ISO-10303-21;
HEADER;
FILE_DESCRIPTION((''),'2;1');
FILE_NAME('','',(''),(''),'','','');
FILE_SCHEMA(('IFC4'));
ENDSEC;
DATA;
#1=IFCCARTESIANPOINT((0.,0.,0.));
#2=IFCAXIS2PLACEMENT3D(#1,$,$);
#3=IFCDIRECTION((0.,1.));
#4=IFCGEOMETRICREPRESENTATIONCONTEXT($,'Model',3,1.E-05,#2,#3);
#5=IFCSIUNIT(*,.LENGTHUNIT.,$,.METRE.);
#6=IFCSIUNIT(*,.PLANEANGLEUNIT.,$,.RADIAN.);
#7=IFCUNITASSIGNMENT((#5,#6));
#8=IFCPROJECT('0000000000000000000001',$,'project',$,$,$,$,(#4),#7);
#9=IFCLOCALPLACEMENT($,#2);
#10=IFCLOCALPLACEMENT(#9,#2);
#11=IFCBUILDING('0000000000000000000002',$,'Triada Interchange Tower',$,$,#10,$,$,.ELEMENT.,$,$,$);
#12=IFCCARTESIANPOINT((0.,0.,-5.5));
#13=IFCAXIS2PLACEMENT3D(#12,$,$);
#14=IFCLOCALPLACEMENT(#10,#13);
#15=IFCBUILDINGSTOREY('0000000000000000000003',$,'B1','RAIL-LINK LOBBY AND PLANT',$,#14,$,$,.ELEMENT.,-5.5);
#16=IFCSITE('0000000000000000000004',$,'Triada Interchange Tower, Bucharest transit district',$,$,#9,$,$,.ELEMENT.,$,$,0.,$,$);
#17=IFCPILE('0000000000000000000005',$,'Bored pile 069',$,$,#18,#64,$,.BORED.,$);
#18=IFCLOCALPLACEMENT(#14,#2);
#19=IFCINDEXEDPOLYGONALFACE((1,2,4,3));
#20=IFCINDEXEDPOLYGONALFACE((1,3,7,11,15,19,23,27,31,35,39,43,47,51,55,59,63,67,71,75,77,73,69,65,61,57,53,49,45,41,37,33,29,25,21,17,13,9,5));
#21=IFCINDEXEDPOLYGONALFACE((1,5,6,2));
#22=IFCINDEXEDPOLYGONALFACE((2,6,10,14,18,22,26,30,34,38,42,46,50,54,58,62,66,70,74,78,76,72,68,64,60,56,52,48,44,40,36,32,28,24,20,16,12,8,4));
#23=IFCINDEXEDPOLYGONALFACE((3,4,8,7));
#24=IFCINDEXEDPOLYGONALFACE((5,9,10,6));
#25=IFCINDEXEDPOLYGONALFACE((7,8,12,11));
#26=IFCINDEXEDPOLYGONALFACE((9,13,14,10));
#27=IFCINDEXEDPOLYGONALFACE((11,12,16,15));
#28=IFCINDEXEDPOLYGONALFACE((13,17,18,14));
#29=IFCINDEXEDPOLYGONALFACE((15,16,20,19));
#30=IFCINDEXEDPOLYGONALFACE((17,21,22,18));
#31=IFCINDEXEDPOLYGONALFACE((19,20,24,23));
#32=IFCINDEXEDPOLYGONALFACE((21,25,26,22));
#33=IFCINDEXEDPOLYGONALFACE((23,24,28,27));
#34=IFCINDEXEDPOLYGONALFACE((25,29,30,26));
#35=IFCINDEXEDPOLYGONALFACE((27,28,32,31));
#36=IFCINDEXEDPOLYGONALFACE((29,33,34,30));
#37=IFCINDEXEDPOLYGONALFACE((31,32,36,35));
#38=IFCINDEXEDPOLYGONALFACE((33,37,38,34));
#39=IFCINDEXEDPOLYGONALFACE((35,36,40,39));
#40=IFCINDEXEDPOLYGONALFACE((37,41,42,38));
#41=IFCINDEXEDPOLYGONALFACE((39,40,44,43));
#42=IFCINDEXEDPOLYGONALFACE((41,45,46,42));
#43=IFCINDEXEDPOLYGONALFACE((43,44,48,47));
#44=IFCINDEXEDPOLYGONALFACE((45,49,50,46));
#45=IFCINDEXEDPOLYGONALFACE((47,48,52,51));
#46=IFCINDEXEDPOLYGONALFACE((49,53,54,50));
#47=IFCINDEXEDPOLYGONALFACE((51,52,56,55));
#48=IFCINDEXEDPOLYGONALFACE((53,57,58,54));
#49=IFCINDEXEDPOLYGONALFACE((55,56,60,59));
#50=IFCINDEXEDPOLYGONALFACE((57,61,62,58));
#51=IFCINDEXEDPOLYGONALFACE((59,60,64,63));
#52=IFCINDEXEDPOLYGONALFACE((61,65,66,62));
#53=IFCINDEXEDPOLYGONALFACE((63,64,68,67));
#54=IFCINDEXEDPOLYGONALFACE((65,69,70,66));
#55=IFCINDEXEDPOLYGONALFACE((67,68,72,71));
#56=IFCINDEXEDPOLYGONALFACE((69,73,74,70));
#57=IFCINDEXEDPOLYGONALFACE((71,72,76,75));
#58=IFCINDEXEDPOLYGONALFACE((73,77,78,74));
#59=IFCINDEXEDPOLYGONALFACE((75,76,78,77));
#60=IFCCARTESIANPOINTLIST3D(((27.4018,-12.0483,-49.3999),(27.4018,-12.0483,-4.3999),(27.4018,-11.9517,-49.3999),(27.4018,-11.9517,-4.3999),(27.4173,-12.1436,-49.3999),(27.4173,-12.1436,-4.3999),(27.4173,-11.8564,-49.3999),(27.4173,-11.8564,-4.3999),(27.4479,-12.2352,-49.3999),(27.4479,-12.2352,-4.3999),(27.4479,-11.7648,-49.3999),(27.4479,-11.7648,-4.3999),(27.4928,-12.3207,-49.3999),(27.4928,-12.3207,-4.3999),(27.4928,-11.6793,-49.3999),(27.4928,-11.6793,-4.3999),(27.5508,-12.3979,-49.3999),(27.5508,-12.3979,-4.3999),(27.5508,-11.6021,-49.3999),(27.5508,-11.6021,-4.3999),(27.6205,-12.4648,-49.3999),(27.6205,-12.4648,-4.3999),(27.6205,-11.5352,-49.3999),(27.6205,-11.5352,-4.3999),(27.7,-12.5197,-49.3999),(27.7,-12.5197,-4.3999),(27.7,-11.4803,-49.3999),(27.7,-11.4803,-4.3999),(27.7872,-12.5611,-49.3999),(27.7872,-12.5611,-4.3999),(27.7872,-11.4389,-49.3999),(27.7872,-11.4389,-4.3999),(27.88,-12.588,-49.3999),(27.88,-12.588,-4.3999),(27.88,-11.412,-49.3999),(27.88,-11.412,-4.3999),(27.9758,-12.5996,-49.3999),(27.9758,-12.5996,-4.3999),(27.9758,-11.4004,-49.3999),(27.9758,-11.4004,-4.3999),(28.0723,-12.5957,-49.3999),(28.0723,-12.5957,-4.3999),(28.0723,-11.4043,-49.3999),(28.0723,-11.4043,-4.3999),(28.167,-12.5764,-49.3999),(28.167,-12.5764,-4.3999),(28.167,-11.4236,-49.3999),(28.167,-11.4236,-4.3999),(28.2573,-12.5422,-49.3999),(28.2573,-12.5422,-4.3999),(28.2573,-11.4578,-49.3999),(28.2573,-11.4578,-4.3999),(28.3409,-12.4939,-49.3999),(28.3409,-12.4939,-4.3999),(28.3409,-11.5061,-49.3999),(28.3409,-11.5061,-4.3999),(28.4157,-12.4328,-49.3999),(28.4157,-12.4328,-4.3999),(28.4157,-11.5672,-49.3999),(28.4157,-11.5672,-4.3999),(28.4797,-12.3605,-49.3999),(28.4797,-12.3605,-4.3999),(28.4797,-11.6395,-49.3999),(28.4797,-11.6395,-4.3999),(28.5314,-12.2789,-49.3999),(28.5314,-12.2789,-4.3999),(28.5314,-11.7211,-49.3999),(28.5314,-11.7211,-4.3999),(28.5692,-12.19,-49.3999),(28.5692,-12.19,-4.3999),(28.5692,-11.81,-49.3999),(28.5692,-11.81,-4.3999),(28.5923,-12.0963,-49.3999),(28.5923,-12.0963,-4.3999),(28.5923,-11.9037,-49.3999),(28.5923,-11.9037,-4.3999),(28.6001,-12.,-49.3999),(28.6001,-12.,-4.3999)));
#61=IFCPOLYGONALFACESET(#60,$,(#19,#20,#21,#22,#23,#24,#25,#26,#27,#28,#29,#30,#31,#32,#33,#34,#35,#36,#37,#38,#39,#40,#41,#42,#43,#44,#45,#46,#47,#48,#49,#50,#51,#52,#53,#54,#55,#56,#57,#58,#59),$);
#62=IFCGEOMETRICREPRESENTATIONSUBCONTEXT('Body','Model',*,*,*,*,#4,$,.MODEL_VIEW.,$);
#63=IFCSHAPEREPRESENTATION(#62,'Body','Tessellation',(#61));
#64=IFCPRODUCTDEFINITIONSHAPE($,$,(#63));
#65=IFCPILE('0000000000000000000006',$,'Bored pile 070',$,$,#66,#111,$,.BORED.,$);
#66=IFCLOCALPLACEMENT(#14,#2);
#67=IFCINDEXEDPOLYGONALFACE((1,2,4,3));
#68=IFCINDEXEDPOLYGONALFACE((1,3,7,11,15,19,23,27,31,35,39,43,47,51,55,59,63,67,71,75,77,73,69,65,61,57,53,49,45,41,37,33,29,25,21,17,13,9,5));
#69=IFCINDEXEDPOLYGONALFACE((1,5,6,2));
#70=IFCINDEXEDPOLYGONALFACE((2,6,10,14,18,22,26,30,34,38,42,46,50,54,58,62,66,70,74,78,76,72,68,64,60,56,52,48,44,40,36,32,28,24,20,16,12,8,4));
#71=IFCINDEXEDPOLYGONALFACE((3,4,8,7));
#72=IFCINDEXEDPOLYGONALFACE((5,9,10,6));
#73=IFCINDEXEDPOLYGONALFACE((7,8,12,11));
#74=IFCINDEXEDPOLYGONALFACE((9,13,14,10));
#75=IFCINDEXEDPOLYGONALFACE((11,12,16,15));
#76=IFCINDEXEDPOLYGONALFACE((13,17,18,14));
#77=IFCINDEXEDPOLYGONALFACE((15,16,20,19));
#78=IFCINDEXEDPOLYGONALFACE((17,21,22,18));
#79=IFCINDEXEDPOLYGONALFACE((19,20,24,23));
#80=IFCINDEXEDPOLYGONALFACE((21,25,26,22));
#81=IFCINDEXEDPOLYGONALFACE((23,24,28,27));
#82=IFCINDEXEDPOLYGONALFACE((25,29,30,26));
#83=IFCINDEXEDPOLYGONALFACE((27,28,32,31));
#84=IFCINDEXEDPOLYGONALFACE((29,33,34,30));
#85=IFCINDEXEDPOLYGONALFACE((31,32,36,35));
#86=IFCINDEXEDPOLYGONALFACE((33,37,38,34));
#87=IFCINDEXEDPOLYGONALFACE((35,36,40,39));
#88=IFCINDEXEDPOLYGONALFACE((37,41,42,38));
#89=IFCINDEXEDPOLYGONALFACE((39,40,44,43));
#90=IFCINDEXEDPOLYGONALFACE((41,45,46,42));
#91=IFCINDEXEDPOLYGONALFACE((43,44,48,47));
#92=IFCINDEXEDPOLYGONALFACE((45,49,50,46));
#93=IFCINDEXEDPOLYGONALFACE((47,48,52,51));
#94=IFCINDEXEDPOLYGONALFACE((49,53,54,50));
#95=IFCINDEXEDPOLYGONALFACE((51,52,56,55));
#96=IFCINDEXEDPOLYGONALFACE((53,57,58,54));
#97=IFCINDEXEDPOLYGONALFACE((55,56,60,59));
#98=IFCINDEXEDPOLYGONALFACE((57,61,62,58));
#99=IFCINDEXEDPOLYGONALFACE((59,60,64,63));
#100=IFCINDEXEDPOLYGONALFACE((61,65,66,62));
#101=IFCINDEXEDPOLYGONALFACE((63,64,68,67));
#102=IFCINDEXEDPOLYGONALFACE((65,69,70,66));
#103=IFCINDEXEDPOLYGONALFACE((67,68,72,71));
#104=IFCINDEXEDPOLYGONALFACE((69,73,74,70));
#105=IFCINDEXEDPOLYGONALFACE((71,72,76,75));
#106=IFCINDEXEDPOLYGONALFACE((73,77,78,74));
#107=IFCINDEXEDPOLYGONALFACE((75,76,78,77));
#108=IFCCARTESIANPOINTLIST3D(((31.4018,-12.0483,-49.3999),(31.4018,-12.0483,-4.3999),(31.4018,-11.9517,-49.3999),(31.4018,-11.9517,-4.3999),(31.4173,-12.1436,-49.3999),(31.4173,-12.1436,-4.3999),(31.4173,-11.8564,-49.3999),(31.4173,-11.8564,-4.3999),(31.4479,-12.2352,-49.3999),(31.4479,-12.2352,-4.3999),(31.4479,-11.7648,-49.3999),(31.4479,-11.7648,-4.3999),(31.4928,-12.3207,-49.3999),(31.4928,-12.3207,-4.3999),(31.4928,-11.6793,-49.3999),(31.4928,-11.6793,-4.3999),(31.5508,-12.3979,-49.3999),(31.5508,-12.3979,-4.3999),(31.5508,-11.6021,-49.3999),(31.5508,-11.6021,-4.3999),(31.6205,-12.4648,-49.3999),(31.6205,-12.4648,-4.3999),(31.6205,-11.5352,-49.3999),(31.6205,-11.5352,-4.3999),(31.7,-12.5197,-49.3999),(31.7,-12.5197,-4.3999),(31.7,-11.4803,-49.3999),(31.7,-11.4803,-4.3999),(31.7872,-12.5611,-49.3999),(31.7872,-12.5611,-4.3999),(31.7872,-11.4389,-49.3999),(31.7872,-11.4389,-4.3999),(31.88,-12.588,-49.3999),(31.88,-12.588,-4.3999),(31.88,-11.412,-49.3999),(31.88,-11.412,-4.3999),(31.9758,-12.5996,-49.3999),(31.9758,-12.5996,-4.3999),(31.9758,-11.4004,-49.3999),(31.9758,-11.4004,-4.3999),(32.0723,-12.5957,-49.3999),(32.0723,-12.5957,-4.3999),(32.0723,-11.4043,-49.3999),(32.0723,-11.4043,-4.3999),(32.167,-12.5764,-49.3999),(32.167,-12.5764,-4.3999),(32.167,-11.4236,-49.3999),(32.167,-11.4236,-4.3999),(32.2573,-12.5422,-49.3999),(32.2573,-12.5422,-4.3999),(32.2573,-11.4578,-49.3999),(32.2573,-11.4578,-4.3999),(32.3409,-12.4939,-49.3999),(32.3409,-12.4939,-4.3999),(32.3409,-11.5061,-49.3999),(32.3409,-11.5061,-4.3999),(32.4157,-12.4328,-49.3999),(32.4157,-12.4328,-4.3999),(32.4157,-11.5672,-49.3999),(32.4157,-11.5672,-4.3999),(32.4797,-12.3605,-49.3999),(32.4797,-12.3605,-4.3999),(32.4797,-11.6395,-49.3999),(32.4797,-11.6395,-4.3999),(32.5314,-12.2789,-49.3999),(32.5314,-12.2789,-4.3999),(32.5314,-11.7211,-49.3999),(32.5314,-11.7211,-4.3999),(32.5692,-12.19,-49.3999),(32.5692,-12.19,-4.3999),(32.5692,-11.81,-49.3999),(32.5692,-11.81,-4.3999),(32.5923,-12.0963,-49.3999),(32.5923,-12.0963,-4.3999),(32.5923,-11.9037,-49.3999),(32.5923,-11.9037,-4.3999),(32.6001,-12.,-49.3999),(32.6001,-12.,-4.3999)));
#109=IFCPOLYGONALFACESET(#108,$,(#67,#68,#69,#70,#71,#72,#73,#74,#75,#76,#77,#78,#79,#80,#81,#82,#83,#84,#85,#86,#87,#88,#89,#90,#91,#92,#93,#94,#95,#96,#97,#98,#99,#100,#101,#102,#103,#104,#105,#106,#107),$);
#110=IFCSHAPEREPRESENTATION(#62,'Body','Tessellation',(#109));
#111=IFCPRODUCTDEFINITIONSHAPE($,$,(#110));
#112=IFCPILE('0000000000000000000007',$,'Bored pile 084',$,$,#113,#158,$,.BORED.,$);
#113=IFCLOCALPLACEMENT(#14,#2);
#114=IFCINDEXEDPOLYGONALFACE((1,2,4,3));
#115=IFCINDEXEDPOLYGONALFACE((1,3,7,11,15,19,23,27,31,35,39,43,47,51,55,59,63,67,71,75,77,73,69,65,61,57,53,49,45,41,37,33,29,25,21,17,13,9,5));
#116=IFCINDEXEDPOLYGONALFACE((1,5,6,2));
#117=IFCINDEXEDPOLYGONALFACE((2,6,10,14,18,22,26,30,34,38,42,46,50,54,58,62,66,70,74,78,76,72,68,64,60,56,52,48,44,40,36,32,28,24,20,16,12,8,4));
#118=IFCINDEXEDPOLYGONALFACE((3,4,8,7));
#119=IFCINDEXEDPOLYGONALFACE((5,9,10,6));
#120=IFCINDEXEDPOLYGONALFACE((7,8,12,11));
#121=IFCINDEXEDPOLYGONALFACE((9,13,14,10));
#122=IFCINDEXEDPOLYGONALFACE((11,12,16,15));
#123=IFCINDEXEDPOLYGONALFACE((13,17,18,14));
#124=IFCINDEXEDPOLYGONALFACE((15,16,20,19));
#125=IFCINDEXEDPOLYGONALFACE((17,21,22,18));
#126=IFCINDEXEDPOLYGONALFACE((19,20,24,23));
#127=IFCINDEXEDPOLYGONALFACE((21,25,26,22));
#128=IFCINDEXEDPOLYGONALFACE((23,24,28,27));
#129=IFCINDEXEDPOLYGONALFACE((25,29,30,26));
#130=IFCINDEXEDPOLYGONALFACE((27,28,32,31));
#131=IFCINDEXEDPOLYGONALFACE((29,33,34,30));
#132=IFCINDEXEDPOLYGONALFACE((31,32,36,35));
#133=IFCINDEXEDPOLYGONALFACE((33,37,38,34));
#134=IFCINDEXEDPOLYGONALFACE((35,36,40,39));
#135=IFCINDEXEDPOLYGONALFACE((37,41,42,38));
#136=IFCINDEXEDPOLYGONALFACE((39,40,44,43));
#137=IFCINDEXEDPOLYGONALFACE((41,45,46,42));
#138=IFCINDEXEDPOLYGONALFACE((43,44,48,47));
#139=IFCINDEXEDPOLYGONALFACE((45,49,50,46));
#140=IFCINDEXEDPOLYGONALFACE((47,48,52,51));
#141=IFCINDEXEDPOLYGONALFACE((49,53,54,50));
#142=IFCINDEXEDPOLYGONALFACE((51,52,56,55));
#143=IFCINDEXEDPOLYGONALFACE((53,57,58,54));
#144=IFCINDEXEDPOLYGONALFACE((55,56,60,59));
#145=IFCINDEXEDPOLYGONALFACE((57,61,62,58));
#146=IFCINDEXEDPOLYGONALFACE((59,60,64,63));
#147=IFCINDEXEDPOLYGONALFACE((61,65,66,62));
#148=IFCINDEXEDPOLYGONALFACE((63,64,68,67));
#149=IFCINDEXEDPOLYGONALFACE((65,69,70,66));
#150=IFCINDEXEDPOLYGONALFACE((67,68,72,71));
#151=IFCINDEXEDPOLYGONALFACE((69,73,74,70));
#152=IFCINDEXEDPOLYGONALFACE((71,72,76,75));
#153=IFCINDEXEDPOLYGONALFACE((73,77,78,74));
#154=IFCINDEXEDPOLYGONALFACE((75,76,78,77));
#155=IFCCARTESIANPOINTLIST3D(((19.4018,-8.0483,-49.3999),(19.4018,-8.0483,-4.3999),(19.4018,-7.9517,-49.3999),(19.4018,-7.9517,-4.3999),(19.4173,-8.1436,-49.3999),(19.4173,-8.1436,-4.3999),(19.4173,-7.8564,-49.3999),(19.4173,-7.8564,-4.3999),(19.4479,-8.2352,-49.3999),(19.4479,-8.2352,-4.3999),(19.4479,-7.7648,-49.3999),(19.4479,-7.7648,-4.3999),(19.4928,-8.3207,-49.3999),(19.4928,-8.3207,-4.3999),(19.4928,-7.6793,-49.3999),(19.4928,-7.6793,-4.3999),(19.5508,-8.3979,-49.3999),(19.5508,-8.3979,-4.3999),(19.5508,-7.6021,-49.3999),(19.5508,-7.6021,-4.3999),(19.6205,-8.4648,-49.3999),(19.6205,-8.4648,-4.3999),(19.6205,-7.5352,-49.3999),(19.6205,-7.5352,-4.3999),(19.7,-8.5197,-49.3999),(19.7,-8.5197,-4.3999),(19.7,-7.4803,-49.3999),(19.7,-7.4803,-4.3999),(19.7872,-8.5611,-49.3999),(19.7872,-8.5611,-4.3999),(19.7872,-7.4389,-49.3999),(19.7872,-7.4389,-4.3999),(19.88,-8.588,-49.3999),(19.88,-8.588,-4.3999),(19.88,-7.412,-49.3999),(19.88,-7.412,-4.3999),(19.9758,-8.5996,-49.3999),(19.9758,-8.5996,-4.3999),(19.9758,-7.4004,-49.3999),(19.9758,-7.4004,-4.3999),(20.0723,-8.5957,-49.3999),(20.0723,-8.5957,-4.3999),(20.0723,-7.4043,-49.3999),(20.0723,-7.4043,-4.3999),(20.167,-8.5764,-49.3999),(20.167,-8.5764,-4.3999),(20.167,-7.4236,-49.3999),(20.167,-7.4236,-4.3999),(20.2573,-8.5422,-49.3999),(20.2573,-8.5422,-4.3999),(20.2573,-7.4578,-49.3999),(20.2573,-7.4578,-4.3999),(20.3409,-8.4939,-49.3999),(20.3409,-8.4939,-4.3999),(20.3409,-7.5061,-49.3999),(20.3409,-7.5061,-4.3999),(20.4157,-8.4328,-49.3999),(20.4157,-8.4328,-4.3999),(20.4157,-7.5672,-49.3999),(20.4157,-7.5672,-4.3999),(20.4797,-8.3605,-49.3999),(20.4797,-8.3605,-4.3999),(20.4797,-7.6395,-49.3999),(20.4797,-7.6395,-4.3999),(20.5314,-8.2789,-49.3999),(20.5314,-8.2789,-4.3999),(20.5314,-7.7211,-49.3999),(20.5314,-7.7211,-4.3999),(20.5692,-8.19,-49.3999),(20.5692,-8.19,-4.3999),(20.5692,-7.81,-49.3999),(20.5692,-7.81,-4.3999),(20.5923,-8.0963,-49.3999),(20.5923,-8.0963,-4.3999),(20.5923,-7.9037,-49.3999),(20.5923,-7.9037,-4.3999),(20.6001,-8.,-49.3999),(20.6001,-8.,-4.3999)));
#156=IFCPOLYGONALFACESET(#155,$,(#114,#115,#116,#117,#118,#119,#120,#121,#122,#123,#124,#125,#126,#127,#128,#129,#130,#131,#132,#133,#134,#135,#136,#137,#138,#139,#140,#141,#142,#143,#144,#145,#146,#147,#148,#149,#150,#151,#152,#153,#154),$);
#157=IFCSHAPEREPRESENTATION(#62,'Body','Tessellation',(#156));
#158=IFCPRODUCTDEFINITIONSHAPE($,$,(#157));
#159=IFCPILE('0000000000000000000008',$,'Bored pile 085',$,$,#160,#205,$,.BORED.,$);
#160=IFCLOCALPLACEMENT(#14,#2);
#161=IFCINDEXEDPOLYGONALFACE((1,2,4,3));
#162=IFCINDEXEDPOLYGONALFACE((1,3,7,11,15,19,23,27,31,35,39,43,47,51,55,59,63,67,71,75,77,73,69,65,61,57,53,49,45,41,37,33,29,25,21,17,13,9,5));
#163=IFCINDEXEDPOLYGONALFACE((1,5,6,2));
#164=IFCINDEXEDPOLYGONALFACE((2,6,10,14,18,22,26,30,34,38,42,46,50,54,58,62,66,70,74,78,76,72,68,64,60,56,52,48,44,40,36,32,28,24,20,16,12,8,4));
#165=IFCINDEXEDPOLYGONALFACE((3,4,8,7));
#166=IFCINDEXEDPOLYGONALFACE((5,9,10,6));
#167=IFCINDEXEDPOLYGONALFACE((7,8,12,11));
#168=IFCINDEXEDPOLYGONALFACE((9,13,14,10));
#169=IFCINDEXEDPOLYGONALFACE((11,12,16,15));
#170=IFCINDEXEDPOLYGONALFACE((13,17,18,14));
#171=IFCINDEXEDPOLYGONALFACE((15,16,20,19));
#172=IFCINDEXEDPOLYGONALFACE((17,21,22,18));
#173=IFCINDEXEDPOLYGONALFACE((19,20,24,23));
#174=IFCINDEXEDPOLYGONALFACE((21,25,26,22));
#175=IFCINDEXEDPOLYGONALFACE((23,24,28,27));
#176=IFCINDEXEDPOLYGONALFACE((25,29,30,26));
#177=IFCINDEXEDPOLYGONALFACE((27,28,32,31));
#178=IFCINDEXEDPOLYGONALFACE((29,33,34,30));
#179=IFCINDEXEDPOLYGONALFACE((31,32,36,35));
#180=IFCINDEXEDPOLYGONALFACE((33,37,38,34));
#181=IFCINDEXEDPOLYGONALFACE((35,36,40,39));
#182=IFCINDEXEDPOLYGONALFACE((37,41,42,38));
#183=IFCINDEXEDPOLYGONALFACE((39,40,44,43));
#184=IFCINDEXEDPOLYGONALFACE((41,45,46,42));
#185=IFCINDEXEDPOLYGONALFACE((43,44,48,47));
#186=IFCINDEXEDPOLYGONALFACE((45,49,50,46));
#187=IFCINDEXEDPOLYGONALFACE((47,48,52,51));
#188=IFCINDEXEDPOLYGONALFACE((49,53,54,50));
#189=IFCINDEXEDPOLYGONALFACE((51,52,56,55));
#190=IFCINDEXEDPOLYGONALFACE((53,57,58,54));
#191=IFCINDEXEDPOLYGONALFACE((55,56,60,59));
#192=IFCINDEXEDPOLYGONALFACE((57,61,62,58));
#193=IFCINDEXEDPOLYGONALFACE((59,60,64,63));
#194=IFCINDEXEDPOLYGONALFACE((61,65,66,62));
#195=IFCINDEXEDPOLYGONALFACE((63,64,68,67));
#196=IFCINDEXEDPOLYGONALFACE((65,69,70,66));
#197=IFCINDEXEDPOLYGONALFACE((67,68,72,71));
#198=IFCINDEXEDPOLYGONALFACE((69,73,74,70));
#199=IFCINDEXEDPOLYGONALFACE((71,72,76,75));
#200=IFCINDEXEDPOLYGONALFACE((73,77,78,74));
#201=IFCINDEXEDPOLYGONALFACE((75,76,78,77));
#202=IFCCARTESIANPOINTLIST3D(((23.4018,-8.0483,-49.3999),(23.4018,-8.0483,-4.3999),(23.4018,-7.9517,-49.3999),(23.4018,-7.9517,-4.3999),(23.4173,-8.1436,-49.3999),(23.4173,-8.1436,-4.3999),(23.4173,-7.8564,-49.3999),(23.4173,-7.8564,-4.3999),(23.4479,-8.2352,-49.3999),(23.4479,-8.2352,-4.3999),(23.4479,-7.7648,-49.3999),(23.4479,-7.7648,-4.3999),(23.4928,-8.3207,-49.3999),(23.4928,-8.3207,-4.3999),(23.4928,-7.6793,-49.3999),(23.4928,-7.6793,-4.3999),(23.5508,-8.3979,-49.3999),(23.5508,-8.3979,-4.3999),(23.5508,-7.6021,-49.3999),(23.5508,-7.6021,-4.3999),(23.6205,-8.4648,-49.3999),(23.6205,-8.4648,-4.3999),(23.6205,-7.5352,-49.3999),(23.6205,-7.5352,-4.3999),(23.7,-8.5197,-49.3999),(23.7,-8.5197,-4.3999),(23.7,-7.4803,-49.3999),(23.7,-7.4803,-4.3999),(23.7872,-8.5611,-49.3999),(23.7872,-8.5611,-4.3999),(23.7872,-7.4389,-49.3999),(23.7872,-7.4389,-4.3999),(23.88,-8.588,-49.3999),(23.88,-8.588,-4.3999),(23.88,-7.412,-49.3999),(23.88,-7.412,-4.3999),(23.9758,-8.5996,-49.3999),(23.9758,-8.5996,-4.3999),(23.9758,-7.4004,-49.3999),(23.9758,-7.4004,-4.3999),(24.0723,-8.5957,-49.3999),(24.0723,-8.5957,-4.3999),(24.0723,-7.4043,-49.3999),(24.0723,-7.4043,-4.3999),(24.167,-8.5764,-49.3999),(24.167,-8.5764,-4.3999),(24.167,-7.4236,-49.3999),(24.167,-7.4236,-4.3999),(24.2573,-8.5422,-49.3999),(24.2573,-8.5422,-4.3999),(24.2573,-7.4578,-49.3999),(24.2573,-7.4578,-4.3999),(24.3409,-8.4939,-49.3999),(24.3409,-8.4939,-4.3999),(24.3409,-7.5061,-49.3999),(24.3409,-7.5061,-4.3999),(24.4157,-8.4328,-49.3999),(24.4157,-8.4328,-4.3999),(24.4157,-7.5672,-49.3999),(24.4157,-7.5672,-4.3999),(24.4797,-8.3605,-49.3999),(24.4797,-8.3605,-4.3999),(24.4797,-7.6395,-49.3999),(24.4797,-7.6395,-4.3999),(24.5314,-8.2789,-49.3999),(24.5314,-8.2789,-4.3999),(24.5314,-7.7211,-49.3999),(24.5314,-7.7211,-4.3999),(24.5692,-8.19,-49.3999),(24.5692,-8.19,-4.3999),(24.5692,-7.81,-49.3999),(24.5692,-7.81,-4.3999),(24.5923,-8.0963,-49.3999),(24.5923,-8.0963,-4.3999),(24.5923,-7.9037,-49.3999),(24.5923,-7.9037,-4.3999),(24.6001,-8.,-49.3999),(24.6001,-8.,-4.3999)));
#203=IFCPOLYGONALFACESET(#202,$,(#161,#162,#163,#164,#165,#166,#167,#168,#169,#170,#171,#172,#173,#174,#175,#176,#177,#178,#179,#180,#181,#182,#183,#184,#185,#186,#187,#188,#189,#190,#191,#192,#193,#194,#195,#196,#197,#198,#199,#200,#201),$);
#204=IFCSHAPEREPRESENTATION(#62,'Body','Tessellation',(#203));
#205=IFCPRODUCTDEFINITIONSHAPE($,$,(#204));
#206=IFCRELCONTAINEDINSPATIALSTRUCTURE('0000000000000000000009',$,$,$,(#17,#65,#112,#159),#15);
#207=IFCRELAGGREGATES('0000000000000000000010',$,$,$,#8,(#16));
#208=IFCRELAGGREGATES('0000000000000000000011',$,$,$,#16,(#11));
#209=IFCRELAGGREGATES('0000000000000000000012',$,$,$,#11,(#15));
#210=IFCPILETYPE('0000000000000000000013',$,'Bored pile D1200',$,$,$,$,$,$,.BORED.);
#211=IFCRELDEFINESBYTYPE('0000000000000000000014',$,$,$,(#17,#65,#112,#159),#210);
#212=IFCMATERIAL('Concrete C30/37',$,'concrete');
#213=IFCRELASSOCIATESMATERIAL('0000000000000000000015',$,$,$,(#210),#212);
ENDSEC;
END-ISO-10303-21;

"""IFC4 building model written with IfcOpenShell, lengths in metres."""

from ifc_helpers import new_model, si_unit, direction, frame, origin, origin_2d, place, context, subcontext, project, spatial, circle, extrude, material, material_profile, profile_set, type_object, element, save


model = new_model("IFC4")

# Units and contexts
model_context = context("Model", 3, precision=1e-05, world=origin(), true_north=direction((0.0, 1.0)))
body_context = subcontext(model_context, "Body", "Model", "MODEL_VIEW")
ifc_project = project(units=[si_unit("LENGTHUNIT", "METRE"), si_unit("PLANEANGLEUNIT", "RADIAN")], contexts=[model_context])

# Site, building, storey
site_placement = place(None, origin())
site = spatial("IfcSite", under=ifc_project, at=site_placement, Name="Triada Interchange Tower, Bucharest transit district", CompositionType="ELEMENT", RefElevation=0.0)
building_placement = place(site_placement, origin())
building = spatial("IfcBuilding", under=site, at=building_placement, Name="Triada Interchange Tower", CompositionType="ELEMENT")
storey_placement = place(building_placement, frame((0.0, 0.0, -5.5)))
storey = spatial("IfcBuildingStorey", under=building, at=storey_placement, Name="B1", Description="RAIL-LINK LOBBY AND PLANT", CompositionType="ELEMENT", Elevation=-5.5)

# Piles
ifc_material_1 = material(Name="Concrete C30/37", Category="concrete")
ifc_material_profile_1 = material_profile(ifc_material_1, circle(Radius=0.6001, at=origin_2d()), Name="RC D1200")
ifc_profile_set_1 = profile_set([ifc_material_profile_1], Name="Concrete C30/37")
pile_type = type_object("IfcPileType", Name="Bored pile D1200", PredefinedType="BORED", material=ifc_profile_set_1)
for number, where, z_axis, x_axis, name in (
    (1, (28.0, -12.0, -4.3999), (0.0, 0.0, -1.0), (1.0, 0.0, 0.0), "Bored pile 069"),
    (2, (32.0, -12.0, -4.3999), (0.0, 0.0, -1.0), (1.0, 0.0, 0.0), "Bored pile 070"),
    (3, (20.0, -8.0, -4.3999), (0.0, 0.0, -1.0), (1.0, 0.0, 0.0), "Bored pile 084"),
    (4, (24.0, -8.0, -4.3999), (0.0, 0.0, -1.0), (1.0, 0.0, 0.0), "Bored pile 085"),
):
    element("IfcPile", number, at=place(storey_placement, frame(where, z_axis=z_axis, x_axis=x_axis)), inside=storey, type_object=pile_type, Name=name, PredefinedType="BORED", context=body_context, shape_type="SweptSolid", body=[
        extrude(circle(Radius=0.6001, at=origin_2d()), origin(), (0.0, 0.0, 1.0), 45.0),
    ])

save(model, "model.ifc")
